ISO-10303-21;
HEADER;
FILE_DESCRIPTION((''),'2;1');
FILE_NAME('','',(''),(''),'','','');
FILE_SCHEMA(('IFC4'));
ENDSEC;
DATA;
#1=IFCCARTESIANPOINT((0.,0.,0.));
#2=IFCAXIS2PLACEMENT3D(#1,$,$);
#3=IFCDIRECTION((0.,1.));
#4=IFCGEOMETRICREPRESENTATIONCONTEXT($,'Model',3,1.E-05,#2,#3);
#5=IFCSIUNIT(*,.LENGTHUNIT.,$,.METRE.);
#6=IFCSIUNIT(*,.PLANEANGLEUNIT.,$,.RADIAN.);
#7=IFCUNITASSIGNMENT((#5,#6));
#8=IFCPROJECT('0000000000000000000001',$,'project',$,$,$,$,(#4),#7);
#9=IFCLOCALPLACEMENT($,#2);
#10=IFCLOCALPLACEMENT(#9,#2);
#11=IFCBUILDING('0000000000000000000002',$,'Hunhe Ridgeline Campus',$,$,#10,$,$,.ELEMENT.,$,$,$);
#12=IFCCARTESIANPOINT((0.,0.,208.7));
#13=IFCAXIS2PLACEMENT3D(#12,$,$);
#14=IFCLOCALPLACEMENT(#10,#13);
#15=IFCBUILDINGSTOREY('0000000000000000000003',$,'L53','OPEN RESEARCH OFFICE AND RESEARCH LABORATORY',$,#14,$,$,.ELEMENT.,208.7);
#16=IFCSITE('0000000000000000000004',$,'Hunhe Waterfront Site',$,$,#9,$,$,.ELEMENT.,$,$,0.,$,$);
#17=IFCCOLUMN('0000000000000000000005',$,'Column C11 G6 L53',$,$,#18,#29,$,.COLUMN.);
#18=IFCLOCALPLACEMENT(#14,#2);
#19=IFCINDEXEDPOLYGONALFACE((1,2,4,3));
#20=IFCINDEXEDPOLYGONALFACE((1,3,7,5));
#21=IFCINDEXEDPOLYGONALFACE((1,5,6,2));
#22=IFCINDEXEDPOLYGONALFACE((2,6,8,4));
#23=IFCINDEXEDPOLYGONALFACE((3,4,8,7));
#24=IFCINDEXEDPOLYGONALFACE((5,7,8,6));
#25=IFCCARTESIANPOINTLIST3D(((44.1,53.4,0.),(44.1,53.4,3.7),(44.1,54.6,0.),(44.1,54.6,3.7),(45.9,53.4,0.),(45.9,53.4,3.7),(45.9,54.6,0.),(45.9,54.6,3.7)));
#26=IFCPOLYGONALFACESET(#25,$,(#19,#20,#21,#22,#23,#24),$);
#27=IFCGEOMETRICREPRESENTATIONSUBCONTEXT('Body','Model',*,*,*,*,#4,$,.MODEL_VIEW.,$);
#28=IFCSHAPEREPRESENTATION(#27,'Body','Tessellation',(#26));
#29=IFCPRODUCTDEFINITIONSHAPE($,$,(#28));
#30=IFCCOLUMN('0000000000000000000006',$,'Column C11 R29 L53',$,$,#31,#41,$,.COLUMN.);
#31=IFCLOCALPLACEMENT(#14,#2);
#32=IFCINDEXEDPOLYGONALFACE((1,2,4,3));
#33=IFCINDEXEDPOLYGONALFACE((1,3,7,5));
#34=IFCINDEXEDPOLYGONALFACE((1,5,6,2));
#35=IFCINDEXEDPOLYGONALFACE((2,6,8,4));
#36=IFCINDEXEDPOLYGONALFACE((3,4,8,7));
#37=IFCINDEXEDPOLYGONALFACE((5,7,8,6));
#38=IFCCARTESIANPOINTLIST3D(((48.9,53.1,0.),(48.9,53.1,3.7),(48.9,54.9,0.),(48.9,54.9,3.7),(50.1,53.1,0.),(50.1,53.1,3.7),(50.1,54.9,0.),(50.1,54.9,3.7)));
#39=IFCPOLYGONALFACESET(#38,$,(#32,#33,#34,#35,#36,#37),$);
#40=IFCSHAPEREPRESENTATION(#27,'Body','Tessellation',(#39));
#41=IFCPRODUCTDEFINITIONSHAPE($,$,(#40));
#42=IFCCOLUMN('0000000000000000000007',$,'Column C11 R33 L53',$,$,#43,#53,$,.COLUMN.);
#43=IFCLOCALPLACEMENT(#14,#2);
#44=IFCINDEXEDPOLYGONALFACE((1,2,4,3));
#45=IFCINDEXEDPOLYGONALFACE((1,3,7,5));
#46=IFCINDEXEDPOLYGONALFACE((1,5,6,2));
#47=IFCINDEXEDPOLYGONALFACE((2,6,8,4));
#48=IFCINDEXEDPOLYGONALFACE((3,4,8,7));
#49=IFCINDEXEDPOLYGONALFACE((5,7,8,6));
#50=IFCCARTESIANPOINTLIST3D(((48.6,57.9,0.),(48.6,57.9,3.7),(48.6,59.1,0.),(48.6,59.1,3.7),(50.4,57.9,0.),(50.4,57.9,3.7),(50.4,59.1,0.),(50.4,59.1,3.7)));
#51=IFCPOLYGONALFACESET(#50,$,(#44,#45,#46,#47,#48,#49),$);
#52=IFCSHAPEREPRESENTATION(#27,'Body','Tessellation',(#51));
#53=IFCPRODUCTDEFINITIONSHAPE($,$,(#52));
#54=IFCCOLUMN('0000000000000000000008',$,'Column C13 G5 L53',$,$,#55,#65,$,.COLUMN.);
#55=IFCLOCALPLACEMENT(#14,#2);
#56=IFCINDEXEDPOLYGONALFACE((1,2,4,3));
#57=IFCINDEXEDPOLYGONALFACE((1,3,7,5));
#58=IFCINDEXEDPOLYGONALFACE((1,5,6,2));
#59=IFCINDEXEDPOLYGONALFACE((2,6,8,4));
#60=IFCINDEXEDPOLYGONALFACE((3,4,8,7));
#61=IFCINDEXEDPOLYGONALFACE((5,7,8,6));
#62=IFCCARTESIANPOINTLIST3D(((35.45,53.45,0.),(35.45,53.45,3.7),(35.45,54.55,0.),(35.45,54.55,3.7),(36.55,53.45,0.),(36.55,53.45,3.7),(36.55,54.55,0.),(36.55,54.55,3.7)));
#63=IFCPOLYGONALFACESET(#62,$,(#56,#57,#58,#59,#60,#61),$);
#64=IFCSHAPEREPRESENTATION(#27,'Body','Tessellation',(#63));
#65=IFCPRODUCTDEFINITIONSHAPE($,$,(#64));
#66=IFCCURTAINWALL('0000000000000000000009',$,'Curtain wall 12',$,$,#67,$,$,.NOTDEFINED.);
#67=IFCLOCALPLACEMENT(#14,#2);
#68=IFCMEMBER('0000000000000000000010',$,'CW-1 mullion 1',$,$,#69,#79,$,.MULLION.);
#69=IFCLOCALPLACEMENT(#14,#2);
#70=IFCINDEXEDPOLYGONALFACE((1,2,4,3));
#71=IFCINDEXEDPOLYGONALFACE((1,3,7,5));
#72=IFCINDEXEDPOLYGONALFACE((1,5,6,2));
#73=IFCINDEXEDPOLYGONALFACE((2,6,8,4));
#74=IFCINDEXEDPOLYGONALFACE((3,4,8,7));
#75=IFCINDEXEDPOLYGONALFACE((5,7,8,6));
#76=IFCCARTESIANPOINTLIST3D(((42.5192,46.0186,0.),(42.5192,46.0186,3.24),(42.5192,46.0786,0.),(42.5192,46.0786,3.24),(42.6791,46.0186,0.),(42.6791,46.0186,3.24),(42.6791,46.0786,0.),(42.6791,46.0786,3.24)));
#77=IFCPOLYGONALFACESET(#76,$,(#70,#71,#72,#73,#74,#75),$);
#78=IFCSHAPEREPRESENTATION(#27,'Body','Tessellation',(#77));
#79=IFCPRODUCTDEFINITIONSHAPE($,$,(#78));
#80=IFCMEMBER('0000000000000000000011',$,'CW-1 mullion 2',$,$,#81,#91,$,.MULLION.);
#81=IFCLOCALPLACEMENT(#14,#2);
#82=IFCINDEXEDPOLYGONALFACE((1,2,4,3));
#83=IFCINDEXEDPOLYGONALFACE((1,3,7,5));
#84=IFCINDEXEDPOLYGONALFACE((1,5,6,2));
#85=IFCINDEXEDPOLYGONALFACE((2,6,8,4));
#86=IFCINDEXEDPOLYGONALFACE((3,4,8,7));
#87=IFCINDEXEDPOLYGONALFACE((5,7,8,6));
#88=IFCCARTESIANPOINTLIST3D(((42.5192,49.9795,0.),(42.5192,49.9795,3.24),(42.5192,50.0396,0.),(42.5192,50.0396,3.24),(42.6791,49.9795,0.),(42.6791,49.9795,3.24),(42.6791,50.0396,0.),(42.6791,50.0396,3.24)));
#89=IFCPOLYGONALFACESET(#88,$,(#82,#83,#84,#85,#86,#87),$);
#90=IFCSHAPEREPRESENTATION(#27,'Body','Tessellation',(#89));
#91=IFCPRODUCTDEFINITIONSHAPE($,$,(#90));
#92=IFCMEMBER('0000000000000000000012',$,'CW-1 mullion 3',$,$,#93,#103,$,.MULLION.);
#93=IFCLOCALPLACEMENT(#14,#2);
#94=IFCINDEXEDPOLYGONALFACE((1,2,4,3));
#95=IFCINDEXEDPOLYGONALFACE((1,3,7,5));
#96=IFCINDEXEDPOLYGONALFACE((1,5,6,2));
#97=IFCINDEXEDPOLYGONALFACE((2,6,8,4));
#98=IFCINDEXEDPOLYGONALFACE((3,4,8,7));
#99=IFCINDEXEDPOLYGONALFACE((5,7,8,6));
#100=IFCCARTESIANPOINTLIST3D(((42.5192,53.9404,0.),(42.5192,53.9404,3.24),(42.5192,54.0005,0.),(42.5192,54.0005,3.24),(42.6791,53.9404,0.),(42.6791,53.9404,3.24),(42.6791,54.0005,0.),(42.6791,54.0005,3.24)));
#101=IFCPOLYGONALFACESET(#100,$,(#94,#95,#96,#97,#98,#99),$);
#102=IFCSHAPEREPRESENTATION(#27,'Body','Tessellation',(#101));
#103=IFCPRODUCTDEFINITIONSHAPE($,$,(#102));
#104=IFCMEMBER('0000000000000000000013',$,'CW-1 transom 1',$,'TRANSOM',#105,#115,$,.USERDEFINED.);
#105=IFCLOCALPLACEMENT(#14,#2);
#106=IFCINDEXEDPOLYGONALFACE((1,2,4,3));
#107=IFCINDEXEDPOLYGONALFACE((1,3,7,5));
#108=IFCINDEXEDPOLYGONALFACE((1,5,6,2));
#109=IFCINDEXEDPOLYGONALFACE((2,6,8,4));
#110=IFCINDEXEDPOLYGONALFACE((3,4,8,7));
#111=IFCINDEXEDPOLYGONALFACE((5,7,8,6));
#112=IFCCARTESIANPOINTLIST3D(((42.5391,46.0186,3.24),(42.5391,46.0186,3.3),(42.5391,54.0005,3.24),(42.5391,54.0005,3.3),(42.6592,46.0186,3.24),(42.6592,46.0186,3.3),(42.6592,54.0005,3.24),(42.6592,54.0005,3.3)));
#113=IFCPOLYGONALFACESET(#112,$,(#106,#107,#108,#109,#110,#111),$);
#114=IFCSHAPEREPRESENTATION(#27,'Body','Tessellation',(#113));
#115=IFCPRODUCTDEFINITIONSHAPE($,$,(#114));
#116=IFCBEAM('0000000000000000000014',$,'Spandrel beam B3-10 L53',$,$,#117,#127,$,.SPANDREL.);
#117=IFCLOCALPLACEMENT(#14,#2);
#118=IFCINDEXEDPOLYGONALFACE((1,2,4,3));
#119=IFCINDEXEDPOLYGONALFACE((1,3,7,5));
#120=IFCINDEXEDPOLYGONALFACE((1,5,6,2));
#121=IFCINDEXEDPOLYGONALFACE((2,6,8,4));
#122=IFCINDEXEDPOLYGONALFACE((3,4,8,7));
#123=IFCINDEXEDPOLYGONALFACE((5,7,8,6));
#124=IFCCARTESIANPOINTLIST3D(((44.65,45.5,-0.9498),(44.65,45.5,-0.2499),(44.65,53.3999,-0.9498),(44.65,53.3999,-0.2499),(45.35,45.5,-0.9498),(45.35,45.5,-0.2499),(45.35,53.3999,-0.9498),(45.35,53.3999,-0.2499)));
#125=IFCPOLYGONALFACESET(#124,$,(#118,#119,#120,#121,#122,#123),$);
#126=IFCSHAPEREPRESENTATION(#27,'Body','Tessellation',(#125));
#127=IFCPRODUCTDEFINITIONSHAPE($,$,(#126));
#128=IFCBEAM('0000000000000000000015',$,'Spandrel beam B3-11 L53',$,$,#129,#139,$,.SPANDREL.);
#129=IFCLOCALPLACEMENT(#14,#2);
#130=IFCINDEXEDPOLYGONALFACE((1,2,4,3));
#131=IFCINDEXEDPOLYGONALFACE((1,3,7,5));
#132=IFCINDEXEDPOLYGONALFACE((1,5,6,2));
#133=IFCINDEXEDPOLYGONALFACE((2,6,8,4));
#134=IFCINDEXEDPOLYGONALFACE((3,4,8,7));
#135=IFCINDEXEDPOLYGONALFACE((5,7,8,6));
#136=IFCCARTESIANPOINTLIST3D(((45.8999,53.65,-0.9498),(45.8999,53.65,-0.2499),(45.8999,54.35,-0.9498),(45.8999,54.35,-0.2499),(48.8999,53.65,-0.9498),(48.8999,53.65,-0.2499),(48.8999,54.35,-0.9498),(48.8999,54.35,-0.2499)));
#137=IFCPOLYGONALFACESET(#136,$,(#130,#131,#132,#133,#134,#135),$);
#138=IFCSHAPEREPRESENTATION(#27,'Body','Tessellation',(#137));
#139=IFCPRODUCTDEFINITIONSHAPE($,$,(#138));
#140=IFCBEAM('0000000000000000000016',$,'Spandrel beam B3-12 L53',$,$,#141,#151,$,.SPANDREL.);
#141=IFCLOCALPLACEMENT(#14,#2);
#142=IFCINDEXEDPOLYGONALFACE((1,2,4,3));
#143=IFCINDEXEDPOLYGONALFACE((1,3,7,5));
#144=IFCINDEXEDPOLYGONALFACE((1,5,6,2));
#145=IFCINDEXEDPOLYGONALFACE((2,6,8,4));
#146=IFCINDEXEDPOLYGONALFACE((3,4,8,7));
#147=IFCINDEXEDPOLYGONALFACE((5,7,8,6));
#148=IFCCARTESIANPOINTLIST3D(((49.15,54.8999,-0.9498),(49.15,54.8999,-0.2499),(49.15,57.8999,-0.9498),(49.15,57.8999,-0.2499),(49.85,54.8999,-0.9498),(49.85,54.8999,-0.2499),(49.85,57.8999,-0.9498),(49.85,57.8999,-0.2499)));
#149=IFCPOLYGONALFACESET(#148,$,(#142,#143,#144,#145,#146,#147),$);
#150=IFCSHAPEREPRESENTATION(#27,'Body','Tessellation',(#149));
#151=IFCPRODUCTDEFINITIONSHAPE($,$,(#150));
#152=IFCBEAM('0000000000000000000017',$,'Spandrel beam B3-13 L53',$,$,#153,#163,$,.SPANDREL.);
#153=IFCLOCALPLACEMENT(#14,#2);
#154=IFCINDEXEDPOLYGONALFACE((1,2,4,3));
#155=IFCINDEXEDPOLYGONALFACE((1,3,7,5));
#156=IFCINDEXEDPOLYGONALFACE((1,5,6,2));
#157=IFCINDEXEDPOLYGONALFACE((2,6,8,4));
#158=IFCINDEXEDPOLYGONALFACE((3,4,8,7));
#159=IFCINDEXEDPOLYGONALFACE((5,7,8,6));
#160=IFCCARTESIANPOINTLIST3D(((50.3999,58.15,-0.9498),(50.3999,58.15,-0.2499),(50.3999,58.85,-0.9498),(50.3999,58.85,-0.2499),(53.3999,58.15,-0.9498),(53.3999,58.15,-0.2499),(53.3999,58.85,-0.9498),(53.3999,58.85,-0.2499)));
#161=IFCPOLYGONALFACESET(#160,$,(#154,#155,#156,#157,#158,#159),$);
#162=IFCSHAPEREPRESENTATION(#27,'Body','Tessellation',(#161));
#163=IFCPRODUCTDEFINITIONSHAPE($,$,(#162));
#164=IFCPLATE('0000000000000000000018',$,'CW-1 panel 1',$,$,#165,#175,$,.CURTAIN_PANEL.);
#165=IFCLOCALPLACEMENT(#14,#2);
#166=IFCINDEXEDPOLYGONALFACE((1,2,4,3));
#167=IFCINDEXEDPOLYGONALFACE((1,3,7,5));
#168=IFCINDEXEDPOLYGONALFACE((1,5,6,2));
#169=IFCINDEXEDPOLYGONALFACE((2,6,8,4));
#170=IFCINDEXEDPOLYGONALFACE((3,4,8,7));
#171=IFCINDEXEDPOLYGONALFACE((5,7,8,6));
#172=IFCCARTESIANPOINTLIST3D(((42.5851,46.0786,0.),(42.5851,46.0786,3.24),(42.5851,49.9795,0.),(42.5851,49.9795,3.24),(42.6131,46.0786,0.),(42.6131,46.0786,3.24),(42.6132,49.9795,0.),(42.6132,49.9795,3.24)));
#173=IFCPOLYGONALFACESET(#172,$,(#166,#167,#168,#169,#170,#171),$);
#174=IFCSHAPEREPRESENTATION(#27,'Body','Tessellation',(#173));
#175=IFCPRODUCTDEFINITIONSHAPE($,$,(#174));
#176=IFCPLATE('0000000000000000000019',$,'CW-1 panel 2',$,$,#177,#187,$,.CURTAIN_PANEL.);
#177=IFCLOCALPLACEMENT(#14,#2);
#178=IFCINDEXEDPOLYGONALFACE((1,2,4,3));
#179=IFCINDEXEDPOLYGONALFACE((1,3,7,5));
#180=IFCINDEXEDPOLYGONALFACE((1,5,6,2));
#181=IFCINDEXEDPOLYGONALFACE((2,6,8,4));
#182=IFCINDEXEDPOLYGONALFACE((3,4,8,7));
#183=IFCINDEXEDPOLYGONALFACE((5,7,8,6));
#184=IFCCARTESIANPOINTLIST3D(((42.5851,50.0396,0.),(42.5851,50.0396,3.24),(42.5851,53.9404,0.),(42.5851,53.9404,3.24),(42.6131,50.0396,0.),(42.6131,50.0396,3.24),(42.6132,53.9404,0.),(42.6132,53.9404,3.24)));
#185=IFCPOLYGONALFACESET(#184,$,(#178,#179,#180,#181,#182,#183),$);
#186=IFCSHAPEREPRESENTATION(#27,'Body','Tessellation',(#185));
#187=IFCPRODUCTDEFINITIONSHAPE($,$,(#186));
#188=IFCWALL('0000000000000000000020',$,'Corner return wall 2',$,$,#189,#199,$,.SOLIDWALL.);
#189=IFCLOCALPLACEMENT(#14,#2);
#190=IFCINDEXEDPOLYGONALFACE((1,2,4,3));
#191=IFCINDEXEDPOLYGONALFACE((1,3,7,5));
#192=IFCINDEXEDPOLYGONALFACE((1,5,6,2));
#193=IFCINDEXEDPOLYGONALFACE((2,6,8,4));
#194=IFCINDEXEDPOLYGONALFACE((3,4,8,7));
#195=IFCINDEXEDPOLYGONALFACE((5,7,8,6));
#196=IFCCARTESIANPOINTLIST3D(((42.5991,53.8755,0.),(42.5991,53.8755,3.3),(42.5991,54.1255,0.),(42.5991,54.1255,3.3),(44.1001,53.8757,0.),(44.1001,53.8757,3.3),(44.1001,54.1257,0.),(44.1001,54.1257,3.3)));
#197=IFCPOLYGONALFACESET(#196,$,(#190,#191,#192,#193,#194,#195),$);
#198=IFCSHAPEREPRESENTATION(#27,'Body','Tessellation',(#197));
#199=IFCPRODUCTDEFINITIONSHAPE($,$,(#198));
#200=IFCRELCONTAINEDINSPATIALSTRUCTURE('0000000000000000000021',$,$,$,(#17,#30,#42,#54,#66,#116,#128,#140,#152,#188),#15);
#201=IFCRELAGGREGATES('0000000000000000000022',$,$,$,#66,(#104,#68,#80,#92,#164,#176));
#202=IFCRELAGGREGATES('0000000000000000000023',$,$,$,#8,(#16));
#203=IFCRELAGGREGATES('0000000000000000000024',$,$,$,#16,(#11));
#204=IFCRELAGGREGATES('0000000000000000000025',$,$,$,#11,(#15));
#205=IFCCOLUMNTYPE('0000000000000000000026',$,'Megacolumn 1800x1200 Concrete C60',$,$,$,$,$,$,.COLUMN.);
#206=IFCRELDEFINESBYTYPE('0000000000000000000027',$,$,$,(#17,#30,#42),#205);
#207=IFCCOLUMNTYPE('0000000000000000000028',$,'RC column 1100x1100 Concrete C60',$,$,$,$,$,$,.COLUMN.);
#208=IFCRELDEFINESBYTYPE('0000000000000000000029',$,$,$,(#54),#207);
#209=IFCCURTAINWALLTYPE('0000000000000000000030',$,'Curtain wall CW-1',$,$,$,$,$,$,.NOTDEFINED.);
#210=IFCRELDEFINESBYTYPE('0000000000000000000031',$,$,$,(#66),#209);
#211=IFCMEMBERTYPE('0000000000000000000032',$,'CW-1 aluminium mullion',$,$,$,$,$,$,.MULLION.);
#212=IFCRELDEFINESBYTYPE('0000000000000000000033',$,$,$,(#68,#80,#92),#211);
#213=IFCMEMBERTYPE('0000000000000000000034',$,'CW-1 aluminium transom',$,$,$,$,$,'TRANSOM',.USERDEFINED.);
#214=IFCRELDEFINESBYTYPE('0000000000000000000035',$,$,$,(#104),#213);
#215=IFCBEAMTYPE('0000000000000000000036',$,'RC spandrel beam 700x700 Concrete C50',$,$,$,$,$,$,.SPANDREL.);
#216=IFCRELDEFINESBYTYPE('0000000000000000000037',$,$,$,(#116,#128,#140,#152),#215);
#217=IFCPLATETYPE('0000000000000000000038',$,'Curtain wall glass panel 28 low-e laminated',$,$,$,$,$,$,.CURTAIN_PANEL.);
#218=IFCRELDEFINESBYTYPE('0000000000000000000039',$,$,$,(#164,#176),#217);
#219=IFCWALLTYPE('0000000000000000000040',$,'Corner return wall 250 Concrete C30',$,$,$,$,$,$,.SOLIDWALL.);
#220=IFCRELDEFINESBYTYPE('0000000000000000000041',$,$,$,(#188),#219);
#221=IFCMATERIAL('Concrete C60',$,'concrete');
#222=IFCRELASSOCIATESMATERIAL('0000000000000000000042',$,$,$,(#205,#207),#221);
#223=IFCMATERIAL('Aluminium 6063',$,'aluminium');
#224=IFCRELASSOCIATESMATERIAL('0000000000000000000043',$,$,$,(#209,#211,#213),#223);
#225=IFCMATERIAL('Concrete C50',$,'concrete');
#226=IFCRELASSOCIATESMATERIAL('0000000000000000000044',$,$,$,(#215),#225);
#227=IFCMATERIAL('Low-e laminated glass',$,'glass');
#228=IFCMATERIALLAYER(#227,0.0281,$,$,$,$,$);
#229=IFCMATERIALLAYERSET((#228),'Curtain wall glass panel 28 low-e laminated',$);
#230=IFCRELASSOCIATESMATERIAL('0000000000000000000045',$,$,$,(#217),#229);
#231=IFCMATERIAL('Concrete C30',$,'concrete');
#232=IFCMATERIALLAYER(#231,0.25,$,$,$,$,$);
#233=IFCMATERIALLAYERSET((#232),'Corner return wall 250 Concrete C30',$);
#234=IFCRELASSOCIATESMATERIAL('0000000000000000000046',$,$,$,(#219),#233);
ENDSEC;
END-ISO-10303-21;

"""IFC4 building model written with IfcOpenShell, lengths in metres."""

from ifc_helpers import new_model, si_unit, direction, frame, frame_2d, origin, origin_2d, place, context, subcontext, project, spatial, rectangle, extrude, material, layer, layer_set, material_profile, profile_set, type_object, element, aggregate, save


model = new_model("IFC4")

# Units and contexts
model_context = context("Model", 3, precision=1e-05, world=origin(), true_north=direction((0.0, 1.0)))
body_context = subcontext(model_context, "Body", "Model", "MODEL_VIEW")
ifc_project = project(units=[si_unit("LENGTHUNIT", "METRE"), si_unit("PLANEANGLEUNIT", "RADIAN")], contexts=[model_context])

# Site, building, storey
site_placement = place(None, origin())
site = spatial("IfcSite", under=ifc_project, at=site_placement, Name="Hunhe Waterfront Site", CompositionType="ELEMENT", RefElevation=0.0)
building_placement = place(site_placement, origin())
building = spatial("IfcBuilding", under=site, at=building_placement, Name="Hunhe Ridgeline Campus", CompositionType="ELEMENT")
storey_placement = place(building_placement, frame((0.0, 0.0, 208.7)))
storey = spatial("IfcBuildingStorey", under=building, at=storey_placement, Name="L53", Description="OPEN RESEARCH OFFICE AND RESEARCH LABORATORY", CompositionType="ELEMENT", Elevation=208.7)

# Columns
ifc_material_1 = material(Name="Concrete C60", Category="concrete")
ifc_material_profile_1 = material_profile(ifc_material_1, rectangle(XDim=1.8, YDim=1.2, at=origin_2d()))
ifc_profile_set_1 = profile_set([ifc_material_profile_1], Name="Concrete C60")
column_type_1 = type_object("IfcColumnType", Name="Megacolumn 1800x1200 Concrete C60", PredefinedType="COLUMN", material=ifc_profile_set_1)
for number, where, z_axis, x_axis, name in (
    (1, (45.0, 54.0, 0.0), (0.0, 0.0, 1.0), (1.0, 0.0, 0.0), "Column C11 G6 L53"),
    (2, (49.5, 54.0, 0.0), (0.0, 0.0, 1.0), (0.0, 1.0, 0.0), "Column C11 R29 L53"),
    (3, (49.5, 58.5, 0.0), (0.0, 0.0, 1.0), (1.0, 0.0, 0.0), "Column C11 R33 L53"),
):
    element("IfcColumn", number, at=place(storey_placement, frame(where, z_axis=z_axis, x_axis=x_axis)), inside=storey, type_object=column_type_1, Name=name, PredefinedType="COLUMN", context=body_context, shape_type="SweptSolid", body=[
        extrude(rectangle(XDim=1.8, YDim=1.2, at=origin_2d()), origin(), (0.0, 0.0, 1.0), 3.7),
    ])
ifc_material_profile_2 = material_profile(ifc_material_1, rectangle(XDim=1.1001, YDim=1.1001, at=origin_2d()))
ifc_profile_set_2 = profile_set([ifc_material_profile_2], Name="Concrete C60")
column_type_2 = type_object("IfcColumnType", Name="RC column 1100x1100 Concrete C60", PredefinedType="COLUMN", material=ifc_profile_set_2)
column_placement = place(storey_placement, frame((36.0, 54.0, 0.0), z_axis=(0.0, 0.0, 1.0), x_axis=(1.0, 0.0, 0.0)))
element("IfcColumn", 4, at=column_placement, inside=storey, type_object=column_type_2, Name="Column C13 G5 L53", PredefinedType="COLUMN", context=body_context, shape_type="SweptSolid", body=[
    extrude(rectangle(XDim=1.1001, YDim=1.1001, at=origin_2d()), origin(), (0.0, 0.0, 1.0), 3.7),
])

# Curtain wall, members
ifc_material_2 = material(Name="Aluminium 6063", Category="aluminium")
curtain_wall_type = type_object("IfcCurtainWallType", Name="Curtain wall CW-1", PredefinedType="NOTDEFINED", material=ifc_material_2)
curtain_wall_placement = place(storey_placement, origin())
curtain_wall = element("IfcCurtainWall", 5, at=curtain_wall_placement, inside=storey, type_object=curtain_wall_type, Name="Curtain wall 12", PredefinedType="NOTDEFINED")
ifc_material_profile_3 = material_profile(ifc_material_2, rectangle(XDim=0.1599, YDim=0.0601, at=origin_2d()))
ifc_profile_set_3 = profile_set([ifc_material_profile_3], Name="Aluminium 6063")
member_type_1 = type_object("IfcMemberType", Name="CW-1 aluminium mullion", PredefinedType="MULLION", material=ifc_profile_set_3)
member_1_placement = place(storey_placement, frame((42.5991, 46.0486, 0.0), z_axis=(0.0, 0.0, 1.0), x_axis=(-1.0, 0.000007, 0.0)))
member_1 = element("IfcMember", 6, at=member_1_placement, type_object=member_type_1, Name="CW-1 mullion 1", PredefinedType="MULLION", context=body_context, shape_type="SweptSolid", body=[
    extrude(rectangle(XDim=0.1599, YDim=0.0601, at=origin_2d()), origin(), (0.0, 0.0, 1.0), 3.24),
])
member_2_placement = place(storey_placement, frame((42.5991, 50.0095, 0.0), z_axis=(0.0, 0.0, 1.0), x_axis=(-1.0, 0.000007, 0.0)))
member_2 = element("IfcMember", 7, at=member_2_placement, type_object=member_type_1, Name="CW-1 mullion 2", PredefinedType="MULLION", context=body_context, shape_type="SweptSolid", body=[
    extrude(rectangle(XDim=0.1599, YDim=0.0601, at=origin_2d()), origin(), (0.0, 0.0, 1.0), 3.24),
])
member_3_placement = place(storey_placement, frame((42.5991, 53.9705, 0.0), z_axis=(0.0, 0.0, 1.0), x_axis=(-1.0, 0.000007, 0.0)))
member_3 = element("IfcMember", 8, at=member_3_placement, type_object=member_type_1, Name="CW-1 mullion 3", PredefinedType="MULLION", context=body_context, shape_type="SweptSolid", body=[
    extrude(rectangle(XDim=0.1599, YDim=0.0601, at=origin_2d()), origin(), (0.0, 0.0, 1.0), 3.24),
])
ifc_material_profile_4 = material_profile(ifc_material_2, rectangle(XDim=0.1201, YDim=0.0601, at=origin_2d()))
ifc_profile_set_4 = profile_set([ifc_material_profile_4], Name="Aluminium 6063")
member_type_2 = type_object("IfcMemberType", Name="CW-1 aluminium transom", ElementType="TRANSOM", PredefinedType="USERDEFINED", material=ifc_profile_set_4)
member_4_placement = place(storey_placement, frame((42.5991, 46.0186, 3.27), z_axis=(0.0, 1.0, 0.0), x_axis=(-1.0, 0.0, 0.0)))
member_4 = element("IfcMember", 9, at=member_4_placement, type_object=member_type_2, Name="CW-1 transom 1", ObjectType="TRANSOM", PredefinedType="USERDEFINED", context=body_context, shape_type="SweptSolid", body=[
    extrude(rectangle(XDim=0.1201, YDim=0.0601, at=origin_2d()), origin(), (0.0, 0.0, 1.0), 7.9819),
])

# Beams
ifc_material_3 = material(Name="Concrete C50", Category="concrete")
ifc_material_profile_5 = material_profile(ifc_material_3, rectangle(XDim=0.7, YDim=0.7, at=origin_2d()))
ifc_profile_set_5 = profile_set([ifc_material_profile_5], Name="Concrete C50")
beam_type = type_object("IfcBeamType", Name="RC spandrel beam 700x700 Concrete C50", PredefinedType="SPANDREL", material=ifc_profile_set_5)
beam_placement = place(storey_placement, frame((45.0, 45.5, -0.5999), z_axis=(0.0, 1.0, 0.0), x_axis=(-1.0, 0.0, 0.0)))
element("IfcBeam", 10, at=beam_placement, inside=storey, type_object=beam_type, Name="Spandrel beam B3-10 L53", PredefinedType="SPANDREL", context=body_context, shape_type="SweptSolid", body=[
    extrude(rectangle(XDim=0.7, YDim=0.7, at=origin_2d()), origin(), (0.0, 0.0, 1.0), 7.8999),
])
for number, where, z_axis, x_axis, name in (
    (11, (45.8999, 54.0, -0.5999), (1.0, 0.0, 0.0), (0.0, 1.0, 0.0), "Spandrel beam B3-11 L53"),
    (12, (49.5, 54.8999, -0.5999), (0.0, 1.0, 0.0), (-1.0, 0.0, 0.0), "Spandrel beam B3-12 L53"),
    (13, (50.3999, 58.5, -0.5999), (1.0, 0.0, 0.0), (0.0, 1.0, 0.0), "Spandrel beam B3-13 L53"),
):
    element("IfcBeam", number, at=place(storey_placement, frame(where, z_axis=z_axis, x_axis=x_axis)), inside=storey, type_object=beam_type, Name=name, PredefinedType="SPANDREL", context=body_context, shape_type="SweptSolid", body=[
        extrude(rectangle(XDim=0.7, YDim=0.7, at=origin_2d()), origin(), (0.0, 0.0, 1.0), 3.0),
    ])

# Plates
ifc_material_4 = material(Name="Low-e laminated glass", Category="glass")
ifc_layer_1 = layer(ifc_material_4, 0.0281)
ifc_layer_set_1 = layer_set([ifc_layer_1], Name="Curtain wall glass panel 28 low-e laminated")
plate_type = type_object("IfcPlateType", Name="Curtain wall glass panel 28 low-e laminated", PredefinedType="CURTAIN_PANEL", material=ifc_layer_set_1)
plate_1_placement = place(storey_placement, frame((42.5991, 48.0291, 0.0), z_axis=(0.0, 0.0, 1.0), x_axis=(0.000007, 1.0, 0.0)))
plate_1 = element("IfcPlate", 14, at=plate_1_placement, type_object=plate_type, Name="CW-1 panel 1", PredefinedType="CURTAIN_PANEL", context=body_context, shape_type="SweptSolid", body=[
    extrude(rectangle(XDim=3.9009, YDim=0.0281, at=origin_2d()), origin(), (0.0, 0.0, 1.0), 3.24),
])
plate_2_placement = place(storey_placement, frame((42.5991, 51.99, 0.0), z_axis=(0.0, 0.0, 1.0), x_axis=(0.000007, 1.0, 0.0)))
plate_2 = element("IfcPlate", 15, at=plate_2_placement, type_object=plate_type, Name="CW-1 panel 2", PredefinedType="CURTAIN_PANEL", context=body_context, shape_type="SweptSolid", body=[
    extrude(rectangle(XDim=3.9009, YDim=0.0281, at=origin_2d()), origin(), (0.0, 0.0, 1.0), 3.24),
])
aggregate(curtain_wall, [member_4, member_1, member_2, member_3, plate_1, plate_2])

# Wall
ifc_material_5 = material(Name="Concrete C30", Category="concrete")
ifc_layer_2 = layer(ifc_material_5, 0.25)
ifc_layer_set_2 = layer_set([ifc_layer_2], Name="Corner return wall 250 Concrete C30")
wall_type_1 = type_object("IfcWallType", Name="Corner return wall 250 Concrete C30", PredefinedType="SOLIDWALL", material=ifc_layer_set_2)
wall_1_placement = place(storey_placement, frame((42.5991, 54.0005, 0.0), z_axis=(0.0, 0.0, 1.0), x_axis=(1.0, 0.000163, 0.0)))
element("IfcWall", 16, at=wall_1_placement, inside=storey, type_object=wall_type_1, Name="Corner return wall 2", PredefinedType="SOLIDWALL", context=body_context, shape_type="SweptSolid", body=[
    extrude(rectangle(XDim=1.501, YDim=0.25, at=frame_2d((0.7505, 0.0))), origin(), (0.0, 0.0, 1.0), 3.3),
])

save(model, "model.ifc")
